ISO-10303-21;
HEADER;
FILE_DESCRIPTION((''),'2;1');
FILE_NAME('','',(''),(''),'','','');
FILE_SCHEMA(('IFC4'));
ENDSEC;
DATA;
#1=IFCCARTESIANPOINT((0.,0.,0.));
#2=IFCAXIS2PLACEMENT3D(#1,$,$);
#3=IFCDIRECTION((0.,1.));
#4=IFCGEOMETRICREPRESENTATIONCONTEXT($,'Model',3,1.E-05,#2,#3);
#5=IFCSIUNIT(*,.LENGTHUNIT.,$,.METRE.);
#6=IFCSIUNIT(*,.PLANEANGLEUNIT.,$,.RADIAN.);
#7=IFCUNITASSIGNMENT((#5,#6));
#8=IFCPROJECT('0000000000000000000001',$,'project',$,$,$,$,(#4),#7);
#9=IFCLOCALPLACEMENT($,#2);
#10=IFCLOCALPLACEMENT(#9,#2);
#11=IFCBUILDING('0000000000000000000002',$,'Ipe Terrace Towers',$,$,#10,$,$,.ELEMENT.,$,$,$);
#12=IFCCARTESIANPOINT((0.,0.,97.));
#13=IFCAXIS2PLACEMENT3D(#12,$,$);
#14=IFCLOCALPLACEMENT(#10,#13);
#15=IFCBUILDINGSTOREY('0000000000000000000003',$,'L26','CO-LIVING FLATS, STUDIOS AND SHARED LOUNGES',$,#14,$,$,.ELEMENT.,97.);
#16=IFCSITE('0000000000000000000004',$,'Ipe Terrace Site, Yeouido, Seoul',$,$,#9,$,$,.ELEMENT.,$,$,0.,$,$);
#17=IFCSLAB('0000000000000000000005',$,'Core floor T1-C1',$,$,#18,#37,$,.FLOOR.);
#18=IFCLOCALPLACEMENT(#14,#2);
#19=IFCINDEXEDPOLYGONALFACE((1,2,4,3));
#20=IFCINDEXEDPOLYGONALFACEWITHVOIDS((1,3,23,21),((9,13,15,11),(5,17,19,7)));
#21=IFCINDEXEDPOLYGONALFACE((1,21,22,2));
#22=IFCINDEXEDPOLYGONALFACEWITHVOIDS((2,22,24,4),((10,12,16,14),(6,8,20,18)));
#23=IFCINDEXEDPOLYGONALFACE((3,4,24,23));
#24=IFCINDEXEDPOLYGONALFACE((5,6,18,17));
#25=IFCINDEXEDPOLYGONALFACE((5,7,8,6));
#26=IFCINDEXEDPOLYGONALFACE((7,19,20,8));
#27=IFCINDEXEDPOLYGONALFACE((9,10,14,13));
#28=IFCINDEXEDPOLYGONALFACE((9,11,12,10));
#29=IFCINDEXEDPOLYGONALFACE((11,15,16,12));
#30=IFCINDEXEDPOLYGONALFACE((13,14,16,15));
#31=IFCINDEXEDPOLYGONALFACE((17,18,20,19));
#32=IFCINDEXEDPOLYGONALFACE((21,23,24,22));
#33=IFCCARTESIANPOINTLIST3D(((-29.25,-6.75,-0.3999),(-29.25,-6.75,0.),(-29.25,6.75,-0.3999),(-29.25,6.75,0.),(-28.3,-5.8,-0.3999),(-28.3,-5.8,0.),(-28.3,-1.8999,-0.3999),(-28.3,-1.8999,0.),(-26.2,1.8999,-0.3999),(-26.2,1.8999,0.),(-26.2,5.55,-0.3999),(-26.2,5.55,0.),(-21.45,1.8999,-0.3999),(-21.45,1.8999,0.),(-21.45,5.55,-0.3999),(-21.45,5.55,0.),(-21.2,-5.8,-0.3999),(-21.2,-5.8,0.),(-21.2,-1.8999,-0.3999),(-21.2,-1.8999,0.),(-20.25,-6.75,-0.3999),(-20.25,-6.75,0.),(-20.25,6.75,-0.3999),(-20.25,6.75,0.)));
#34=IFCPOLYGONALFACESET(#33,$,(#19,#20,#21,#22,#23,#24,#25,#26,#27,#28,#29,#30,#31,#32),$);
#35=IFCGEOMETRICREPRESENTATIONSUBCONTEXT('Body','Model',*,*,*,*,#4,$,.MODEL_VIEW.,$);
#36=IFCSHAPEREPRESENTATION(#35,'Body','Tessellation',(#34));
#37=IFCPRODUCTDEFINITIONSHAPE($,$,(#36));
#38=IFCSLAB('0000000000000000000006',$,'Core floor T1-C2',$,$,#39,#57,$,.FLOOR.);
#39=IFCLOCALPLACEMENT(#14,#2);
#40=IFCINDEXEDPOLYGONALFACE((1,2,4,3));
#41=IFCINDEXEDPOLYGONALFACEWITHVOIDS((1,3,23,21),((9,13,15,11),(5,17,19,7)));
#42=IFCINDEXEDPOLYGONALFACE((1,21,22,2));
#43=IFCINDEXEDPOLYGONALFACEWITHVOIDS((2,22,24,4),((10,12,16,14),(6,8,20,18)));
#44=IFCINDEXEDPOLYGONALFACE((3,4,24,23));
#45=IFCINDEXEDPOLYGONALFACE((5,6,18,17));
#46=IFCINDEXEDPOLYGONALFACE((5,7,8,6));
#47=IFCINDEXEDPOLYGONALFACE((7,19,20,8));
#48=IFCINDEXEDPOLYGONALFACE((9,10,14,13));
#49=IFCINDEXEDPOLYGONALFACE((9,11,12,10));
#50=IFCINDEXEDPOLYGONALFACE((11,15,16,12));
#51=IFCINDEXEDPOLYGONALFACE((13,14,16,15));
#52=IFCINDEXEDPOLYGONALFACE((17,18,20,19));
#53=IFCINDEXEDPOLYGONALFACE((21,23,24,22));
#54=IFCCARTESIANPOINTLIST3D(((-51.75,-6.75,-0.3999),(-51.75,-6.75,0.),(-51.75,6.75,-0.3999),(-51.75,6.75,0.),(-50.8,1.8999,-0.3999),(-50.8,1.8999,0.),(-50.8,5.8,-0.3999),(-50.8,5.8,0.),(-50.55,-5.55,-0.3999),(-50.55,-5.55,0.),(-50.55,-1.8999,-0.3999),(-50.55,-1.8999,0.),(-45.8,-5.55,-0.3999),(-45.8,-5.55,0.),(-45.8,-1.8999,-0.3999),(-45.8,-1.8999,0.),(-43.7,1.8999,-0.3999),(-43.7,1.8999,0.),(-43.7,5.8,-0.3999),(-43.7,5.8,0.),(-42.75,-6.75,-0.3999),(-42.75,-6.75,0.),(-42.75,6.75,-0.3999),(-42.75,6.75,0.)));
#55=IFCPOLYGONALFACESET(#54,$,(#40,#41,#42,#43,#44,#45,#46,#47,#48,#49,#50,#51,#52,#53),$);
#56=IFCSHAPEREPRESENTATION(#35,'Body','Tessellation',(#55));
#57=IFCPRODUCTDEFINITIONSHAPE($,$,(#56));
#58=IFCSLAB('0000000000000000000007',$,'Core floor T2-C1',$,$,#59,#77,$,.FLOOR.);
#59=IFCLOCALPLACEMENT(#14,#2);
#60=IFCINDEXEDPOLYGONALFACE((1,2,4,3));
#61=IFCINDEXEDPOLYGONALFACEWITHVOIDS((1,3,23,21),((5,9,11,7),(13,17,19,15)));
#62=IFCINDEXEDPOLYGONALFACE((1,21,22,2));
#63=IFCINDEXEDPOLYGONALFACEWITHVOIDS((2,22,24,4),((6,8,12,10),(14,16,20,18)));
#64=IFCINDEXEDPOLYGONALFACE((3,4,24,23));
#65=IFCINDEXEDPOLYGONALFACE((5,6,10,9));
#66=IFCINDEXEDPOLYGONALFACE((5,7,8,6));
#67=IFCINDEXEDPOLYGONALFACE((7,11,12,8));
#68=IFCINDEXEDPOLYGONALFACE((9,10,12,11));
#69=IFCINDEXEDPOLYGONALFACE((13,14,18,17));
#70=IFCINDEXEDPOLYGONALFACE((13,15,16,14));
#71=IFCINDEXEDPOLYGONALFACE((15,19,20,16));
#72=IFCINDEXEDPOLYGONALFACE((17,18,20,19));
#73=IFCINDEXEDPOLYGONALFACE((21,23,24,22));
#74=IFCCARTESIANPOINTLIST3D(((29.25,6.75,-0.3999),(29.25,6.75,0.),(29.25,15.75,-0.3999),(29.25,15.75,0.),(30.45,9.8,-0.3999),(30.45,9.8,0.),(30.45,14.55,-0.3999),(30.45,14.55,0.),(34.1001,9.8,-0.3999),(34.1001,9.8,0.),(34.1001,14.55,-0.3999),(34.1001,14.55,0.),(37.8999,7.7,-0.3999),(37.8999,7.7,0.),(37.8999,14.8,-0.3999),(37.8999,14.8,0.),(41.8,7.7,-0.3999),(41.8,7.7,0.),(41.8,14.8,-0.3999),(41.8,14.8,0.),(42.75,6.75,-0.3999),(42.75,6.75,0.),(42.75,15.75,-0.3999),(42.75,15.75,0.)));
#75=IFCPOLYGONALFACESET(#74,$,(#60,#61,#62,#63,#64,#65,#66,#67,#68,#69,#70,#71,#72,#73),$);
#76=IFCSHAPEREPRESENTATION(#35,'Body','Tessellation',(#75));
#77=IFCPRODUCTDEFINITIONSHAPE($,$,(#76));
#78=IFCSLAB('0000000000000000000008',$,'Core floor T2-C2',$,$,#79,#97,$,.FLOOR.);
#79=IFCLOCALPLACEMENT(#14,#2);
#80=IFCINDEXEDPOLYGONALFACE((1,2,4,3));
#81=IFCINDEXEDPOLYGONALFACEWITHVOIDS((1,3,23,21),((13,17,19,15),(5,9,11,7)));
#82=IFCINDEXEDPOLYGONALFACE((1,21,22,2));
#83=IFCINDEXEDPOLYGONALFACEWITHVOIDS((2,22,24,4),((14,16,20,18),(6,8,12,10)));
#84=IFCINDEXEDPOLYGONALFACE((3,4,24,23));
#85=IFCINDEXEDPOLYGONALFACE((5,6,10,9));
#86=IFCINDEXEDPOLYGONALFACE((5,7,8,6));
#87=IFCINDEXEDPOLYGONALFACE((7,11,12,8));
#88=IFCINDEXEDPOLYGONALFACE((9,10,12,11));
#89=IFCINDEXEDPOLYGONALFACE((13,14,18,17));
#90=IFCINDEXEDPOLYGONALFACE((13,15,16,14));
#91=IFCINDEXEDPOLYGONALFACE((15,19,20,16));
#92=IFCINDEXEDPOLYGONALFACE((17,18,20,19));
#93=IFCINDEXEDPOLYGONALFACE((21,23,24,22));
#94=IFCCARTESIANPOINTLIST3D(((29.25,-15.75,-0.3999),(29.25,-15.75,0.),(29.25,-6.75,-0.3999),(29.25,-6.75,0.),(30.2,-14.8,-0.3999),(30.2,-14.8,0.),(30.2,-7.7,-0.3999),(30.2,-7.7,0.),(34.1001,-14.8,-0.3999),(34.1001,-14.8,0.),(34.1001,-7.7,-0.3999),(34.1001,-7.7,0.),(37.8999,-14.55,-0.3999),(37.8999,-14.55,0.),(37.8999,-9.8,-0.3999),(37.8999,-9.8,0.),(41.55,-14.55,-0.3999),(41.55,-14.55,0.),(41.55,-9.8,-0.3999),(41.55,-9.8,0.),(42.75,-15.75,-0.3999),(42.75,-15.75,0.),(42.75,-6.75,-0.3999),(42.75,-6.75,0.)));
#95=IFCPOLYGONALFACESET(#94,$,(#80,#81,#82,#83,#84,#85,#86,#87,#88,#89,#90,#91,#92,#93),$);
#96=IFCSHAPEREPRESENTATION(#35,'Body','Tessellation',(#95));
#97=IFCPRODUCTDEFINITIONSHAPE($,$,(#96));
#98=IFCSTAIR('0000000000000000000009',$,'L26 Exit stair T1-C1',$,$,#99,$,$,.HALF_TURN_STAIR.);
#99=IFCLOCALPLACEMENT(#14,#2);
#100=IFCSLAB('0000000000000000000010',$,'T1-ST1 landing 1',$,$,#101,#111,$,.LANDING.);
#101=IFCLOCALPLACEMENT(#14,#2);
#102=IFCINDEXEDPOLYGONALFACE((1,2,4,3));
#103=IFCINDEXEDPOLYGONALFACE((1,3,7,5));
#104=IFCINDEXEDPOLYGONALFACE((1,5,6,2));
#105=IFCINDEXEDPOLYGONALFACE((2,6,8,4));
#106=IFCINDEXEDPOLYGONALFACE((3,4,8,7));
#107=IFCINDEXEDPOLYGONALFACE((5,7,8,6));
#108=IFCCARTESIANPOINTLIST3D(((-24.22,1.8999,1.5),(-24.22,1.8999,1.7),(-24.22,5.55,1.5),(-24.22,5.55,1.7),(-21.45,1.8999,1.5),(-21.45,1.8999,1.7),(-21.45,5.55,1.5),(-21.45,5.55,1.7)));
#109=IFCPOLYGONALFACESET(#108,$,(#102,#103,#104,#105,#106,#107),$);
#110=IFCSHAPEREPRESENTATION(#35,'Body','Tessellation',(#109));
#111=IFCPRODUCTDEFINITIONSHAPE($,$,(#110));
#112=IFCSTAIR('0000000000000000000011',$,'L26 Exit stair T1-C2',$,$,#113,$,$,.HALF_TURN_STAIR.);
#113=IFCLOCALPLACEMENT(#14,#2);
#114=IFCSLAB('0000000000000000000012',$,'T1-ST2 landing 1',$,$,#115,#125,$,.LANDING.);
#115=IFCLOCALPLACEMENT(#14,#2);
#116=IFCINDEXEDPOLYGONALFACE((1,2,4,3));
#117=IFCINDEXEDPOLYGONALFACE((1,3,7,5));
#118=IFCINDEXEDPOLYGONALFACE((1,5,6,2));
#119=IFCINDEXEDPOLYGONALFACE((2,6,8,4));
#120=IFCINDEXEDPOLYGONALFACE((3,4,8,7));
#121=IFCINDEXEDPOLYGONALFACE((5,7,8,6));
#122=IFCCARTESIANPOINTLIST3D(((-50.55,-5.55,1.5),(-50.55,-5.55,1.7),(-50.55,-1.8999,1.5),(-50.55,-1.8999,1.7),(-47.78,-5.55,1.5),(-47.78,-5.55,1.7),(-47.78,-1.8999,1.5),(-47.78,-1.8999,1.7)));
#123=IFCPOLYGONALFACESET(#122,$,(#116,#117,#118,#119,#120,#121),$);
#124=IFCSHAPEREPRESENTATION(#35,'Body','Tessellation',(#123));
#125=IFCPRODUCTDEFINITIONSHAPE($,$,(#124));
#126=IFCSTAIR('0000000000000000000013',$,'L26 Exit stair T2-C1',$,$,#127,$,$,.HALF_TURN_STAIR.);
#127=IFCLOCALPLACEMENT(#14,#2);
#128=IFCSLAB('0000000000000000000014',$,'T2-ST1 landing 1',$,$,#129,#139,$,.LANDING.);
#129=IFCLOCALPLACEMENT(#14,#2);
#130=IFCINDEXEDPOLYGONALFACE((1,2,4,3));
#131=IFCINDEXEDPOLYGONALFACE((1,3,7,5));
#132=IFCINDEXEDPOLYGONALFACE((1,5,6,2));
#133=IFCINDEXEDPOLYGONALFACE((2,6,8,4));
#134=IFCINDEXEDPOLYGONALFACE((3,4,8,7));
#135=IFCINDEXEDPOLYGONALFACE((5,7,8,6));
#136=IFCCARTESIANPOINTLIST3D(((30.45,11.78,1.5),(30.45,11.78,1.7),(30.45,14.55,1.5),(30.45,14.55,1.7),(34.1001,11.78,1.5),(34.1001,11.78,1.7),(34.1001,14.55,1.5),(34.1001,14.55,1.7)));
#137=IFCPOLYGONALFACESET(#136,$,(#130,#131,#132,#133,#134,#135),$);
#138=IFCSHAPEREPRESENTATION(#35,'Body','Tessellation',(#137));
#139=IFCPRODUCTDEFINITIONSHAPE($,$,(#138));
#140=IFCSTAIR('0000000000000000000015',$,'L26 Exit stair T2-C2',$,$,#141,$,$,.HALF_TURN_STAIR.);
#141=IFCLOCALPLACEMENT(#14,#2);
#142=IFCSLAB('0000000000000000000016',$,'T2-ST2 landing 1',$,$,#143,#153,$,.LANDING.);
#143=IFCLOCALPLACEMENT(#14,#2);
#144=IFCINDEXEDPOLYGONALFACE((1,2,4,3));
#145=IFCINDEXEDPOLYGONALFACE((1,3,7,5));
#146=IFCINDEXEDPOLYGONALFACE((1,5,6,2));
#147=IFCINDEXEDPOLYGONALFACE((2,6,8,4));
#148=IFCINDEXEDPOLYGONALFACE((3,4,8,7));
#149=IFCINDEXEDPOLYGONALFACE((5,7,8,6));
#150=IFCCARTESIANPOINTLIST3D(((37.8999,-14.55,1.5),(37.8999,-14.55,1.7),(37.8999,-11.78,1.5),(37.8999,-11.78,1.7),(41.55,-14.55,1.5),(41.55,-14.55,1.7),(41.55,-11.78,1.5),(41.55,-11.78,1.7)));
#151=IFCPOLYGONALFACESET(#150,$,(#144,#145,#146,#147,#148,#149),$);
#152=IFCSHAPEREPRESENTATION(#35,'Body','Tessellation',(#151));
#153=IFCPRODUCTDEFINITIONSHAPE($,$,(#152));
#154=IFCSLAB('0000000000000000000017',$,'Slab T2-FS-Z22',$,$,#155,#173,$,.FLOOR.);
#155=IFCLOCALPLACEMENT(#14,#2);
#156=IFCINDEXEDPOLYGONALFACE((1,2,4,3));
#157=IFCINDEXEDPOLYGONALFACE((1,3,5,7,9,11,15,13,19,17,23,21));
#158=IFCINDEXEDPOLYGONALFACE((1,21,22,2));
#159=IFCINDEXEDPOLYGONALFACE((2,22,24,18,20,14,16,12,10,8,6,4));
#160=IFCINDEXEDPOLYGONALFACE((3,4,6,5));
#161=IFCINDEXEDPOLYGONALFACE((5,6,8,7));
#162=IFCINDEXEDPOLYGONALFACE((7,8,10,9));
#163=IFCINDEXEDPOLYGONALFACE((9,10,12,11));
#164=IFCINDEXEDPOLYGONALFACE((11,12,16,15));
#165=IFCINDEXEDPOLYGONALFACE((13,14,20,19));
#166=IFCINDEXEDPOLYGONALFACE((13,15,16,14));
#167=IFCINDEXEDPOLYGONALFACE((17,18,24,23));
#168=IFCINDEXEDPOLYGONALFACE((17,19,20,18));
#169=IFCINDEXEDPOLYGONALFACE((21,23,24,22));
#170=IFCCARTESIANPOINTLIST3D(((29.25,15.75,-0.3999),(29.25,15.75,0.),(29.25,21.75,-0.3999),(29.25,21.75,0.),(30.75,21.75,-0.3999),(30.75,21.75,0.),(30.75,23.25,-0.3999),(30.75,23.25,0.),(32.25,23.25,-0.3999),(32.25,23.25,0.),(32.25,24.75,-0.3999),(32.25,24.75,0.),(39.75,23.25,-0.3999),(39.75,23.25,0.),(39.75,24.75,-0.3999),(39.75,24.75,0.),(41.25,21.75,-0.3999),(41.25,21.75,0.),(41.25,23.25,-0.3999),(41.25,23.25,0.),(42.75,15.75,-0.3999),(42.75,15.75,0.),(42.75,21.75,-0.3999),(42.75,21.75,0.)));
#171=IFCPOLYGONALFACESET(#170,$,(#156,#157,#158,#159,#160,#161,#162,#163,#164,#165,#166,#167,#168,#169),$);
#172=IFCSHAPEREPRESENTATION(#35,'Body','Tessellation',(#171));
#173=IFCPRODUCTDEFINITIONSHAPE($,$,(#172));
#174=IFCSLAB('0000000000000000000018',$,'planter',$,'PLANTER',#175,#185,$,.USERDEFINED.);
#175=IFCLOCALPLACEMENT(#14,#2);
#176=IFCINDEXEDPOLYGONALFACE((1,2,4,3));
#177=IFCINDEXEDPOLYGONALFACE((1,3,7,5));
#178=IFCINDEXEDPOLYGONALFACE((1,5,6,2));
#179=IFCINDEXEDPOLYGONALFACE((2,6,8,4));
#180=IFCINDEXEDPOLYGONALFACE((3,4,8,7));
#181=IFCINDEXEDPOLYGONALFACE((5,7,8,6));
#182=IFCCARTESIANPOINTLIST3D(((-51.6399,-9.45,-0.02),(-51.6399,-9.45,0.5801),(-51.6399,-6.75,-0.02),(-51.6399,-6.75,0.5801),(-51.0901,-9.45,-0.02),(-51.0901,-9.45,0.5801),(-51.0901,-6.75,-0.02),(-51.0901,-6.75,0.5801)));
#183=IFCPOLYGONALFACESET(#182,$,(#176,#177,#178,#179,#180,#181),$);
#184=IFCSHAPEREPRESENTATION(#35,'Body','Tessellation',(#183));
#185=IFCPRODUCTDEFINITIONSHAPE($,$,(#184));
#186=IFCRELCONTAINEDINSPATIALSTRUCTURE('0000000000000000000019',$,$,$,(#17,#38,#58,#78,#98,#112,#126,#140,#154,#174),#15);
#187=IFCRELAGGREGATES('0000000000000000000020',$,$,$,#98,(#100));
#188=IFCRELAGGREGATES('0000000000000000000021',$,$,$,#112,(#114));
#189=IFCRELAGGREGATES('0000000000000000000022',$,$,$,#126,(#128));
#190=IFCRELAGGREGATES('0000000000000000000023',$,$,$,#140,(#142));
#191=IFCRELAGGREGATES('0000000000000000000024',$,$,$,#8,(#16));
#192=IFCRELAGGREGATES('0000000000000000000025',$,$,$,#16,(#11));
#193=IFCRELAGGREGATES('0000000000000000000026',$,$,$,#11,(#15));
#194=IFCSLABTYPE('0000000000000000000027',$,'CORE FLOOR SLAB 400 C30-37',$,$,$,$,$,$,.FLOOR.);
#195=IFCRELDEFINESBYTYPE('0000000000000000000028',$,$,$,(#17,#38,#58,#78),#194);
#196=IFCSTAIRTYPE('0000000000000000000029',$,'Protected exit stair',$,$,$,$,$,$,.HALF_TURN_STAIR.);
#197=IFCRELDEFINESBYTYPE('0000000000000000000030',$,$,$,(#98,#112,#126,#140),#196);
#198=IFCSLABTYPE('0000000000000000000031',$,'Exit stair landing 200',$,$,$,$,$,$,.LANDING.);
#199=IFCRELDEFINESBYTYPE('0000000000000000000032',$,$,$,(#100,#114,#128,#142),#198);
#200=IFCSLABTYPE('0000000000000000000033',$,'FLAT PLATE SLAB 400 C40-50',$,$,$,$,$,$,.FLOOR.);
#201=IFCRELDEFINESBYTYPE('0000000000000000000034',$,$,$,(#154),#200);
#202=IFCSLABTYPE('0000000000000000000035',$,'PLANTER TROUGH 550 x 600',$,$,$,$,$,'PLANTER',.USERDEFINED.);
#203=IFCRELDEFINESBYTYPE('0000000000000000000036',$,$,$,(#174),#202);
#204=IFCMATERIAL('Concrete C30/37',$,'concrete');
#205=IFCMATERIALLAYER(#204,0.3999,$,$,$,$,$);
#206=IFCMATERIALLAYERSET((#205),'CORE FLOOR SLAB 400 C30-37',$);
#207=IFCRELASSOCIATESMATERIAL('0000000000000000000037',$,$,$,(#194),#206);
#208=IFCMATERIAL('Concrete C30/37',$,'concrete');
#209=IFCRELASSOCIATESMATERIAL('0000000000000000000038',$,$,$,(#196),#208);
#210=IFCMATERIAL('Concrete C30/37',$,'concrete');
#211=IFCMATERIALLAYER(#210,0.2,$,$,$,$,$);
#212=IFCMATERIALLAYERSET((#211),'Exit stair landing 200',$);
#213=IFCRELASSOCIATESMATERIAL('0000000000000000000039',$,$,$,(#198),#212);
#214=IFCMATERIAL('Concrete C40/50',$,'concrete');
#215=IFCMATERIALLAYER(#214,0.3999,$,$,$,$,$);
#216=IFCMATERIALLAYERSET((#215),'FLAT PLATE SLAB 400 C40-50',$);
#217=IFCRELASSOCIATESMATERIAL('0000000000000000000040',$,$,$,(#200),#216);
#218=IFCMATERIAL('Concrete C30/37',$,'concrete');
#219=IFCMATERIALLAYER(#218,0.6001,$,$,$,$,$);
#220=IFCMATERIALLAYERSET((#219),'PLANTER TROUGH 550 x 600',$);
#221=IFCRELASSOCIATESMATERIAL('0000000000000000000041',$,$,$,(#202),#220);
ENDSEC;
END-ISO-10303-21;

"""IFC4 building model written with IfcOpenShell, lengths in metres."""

from ifc_helpers import new_model, si_unit, direction, frame, origin, place, context, subcontext, project, spatial, polyline, outline, extrude, material, layer, layer_set, type_object, element, aggregate, save


model = new_model("IFC4")

# Units and contexts
model_context = context("Model", 3, precision=1e-05, world=origin(), true_north=direction((0.0, 1.0)))
body_context = subcontext(model_context, "Body", "Model", "MODEL_VIEW")
ifc_project = project(units=[si_unit("LENGTHUNIT", "METRE"), si_unit("PLANEANGLEUNIT", "RADIAN")], contexts=[model_context])

# Site, building, storey
site_placement = place(None, origin())
site = spatial("IfcSite", under=ifc_project, at=site_placement, Name="Ipe Terrace Site, Yeouido, Seoul", CompositionType="ELEMENT", RefElevation=0.0)
building_placement = place(site_placement, origin())
building = spatial("IfcBuilding", under=site, at=building_placement, Name="Ipe Terrace Towers", CompositionType="ELEMENT")
storey_placement = place(building_placement, frame((0.0, 0.0, 97.0)))
storey = spatial("IfcBuildingStorey", under=building, at=storey_placement, Name="L26", Description="CO-LIVING FLATS, STUDIOS AND SHARED LOUNGES", CompositionType="ELEMENT", Elevation=97.0)

# Slabs
ifc_material_1 = material(Name="Concrete C30/37", Category="concrete")
ifc_layer_1 = layer(ifc_material_1, 0.3999)
ifc_layer_set_1 = layer_set([ifc_layer_1], Name="CORE FLOOR SLAB 400 C30-37")
slab_type_1 = type_object("IfcSlabType", Name="CORE FLOOR SLAB 400 C30-37", PredefinedType="FLOOR", material=ifc_layer_set_1)
slab_1_placement = place(storey_placement, frame((0.0, 0.0, -0.3999)))
element("IfcSlab", 1, at=slab_1_placement, inside=storey, type_object=slab_type_1, Name="Core floor T1-C1", PredefinedType="FLOOR", context=body_context, shape_type="SweptSolid", body=[
    extrude(outline(polyline([(-29.25, -6.75), (-29.25, 6.75), (-20.25, 6.75), (-20.25, -6.75), (-29.25, -6.75)]), holes=[polyline([(-28.3, -5.8), (-21.2, -5.8), (-21.2, -1.8999), (-28.3, -1.8999), (-28.3, -5.8)]), polyline([(-26.2, 5.55), (-26.2, 1.8999), (-21.45, 1.8999), (-21.45, 5.55), (-26.2, 5.55)])]), origin(), (0.0, 0.0, 1.0), 0.3999),
])
slab_2_placement = place(storey_placement, frame((0.0, 0.0, -0.3999)))
element("IfcSlab", 2, at=slab_2_placement, inside=storey, type_object=slab_type_1, Name="Core floor T1-C2", PredefinedType="FLOOR", context=body_context, shape_type="SweptSolid", body=[
    extrude(outline(polyline([(-51.75, -6.75), (-51.75, 6.75), (-42.75, 6.75), (-42.75, -6.75), (-51.75, -6.75)]), holes=[polyline([(-45.8, -5.55), (-45.8, -1.8999), (-50.55, -1.8999), (-50.55, -5.55), (-45.8, -5.55)]), polyline([(-50.8, 1.8999), (-43.7, 1.8999), (-43.7, 5.8), (-50.8, 5.8), (-50.8, 1.8999)])]), origin(), (0.0, 0.0, 1.0), 0.3999),
])
slab_3_placement = place(storey_placement, frame((0.0, 0.0, -0.3999)))
element("IfcSlab", 3, at=slab_3_placement, inside=storey, type_object=slab_type_1, Name="Core floor T2-C1", PredefinedType="FLOOR", context=body_context, shape_type="SweptSolid", body=[
    extrude(outline(polyline([(29.25, 6.75), (29.25, 15.75), (42.75, 15.75), (42.75, 6.75), (29.25, 6.75)]), holes=[polyline([(41.8, 7.7), (41.8, 14.8), (37.8999, 14.8), (37.8999, 7.7), (41.8, 7.7)]), polyline([(30.45, 9.8), (34.1001, 9.8), (34.1001, 14.55), (30.45, 14.55), (30.45, 9.8)])]), origin(), (0.0, 0.0, 1.0), 0.3999),
])
slab_4_placement = place(storey_placement, frame((0.0, 0.0, -0.3999)))
element("IfcSlab", 4, at=slab_4_placement, inside=storey, type_object=slab_type_1, Name="Core floor T2-C2", PredefinedType="FLOOR", context=body_context, shape_type="SweptSolid", body=[
    extrude(outline(polyline([(29.25, -15.75), (29.25, -6.75), (42.75, -6.75), (42.75, -15.75), (29.25, -15.75)]), holes=[polyline([(34.1001, -14.8), (34.1001, -7.7), (30.2, -7.7), (30.2, -14.8), (34.1001, -14.8)]), polyline([(41.55, -9.8), (37.8999, -9.8), (37.8999, -14.55), (41.55, -14.55), (41.55, -9.8)])]), origin(), (0.0, 0.0, 1.0), 0.3999),
])

# Stairs, slabs
ifc_material_2 = material(Name="Concrete C30/37", Category="concrete")
stair_type = type_object("IfcStairType", Name="Protected exit stair", PredefinedType="HALF_TURN_STAIR", material=ifc_material_2)
stair_1_placement = place(storey_placement, origin())
stair_1 = element("IfcStair", 5, at=stair_1_placement, inside=storey, type_object=stair_type, Name="L26 Exit stair T1-C1", PredefinedType="HALF_TURN_STAIR")
ifc_material_3 = material(Name="Concrete C30/37", Category="concrete")
ifc_layer_2 = layer(ifc_material_3, 0.2)
ifc_layer_set_2 = layer_set([ifc_layer_2], Name="Exit stair landing 200")
slab_type_2 = type_object("IfcSlabType", Name="Exit stair landing 200", PredefinedType="LANDING", material=ifc_layer_set_2)
slab_5_placement = place(storey_placement, frame((0.0, 0.0, 1.5)))
slab_5 = element("IfcSlab", 6, at=slab_5_placement, type_object=slab_type_2, Name="T1-ST1 landing 1", PredefinedType="LANDING", context=body_context, shape_type="SweptSolid", body=[
    extrude(outline(polyline([(-24.22, 1.8999), (-21.45, 1.8999), (-21.45, 5.55), (-24.22, 5.55), (-24.22, 1.8999)])), origin(), (0.0, 0.0, 1.0), 0.2),
])
aggregate(stair_1, [slab_5])
stair_2_placement = place(storey_placement, origin())
stair_2 = element("IfcStair", 7, at=stair_2_placement, inside=storey, type_object=stair_type, Name="L26 Exit stair T1-C2", PredefinedType="HALF_TURN_STAIR")
slab_6_placement = place(storey_placement, frame((0.0, 0.0, 1.5)))
slab_6 = element("IfcSlab", 8, at=slab_6_placement, type_object=slab_type_2, Name="T1-ST2 landing 1", PredefinedType="LANDING", context=body_context, shape_type="SweptSolid", body=[
    extrude(outline(polyline([(-47.78, -1.8999), (-50.55, -1.8999), (-50.55, -5.55), (-47.78, -5.55), (-47.78, -1.8999)])), origin(), (0.0, 0.0, 1.0), 0.2),
])
aggregate(stair_2, [slab_6])
stair_3_placement = place(storey_placement, origin())
stair_3 = element("IfcStair", 9, at=stair_3_placement, inside=storey, type_object=stair_type, Name="L26 Exit stair T2-C1", PredefinedType="HALF_TURN_STAIR")
slab_7_placement = place(storey_placement, frame((0.0, 0.0, 1.5)))
slab_7 = element("IfcSlab", 10, at=slab_7_placement, type_object=slab_type_2, Name="T2-ST1 landing 1", PredefinedType="LANDING", context=body_context, shape_type="SweptSolid", body=[
    extrude(outline(polyline([(34.1001, 11.78), (34.1001, 14.55), (30.45, 14.55), (30.45, 11.78), (34.1001, 11.78)])), origin(), (0.0, 0.0, 1.0), 0.2),
])
aggregate(stair_3, [slab_7])
stair_4_placement = place(storey_placement, origin())
stair_4 = element("IfcStair", 11, at=stair_4_placement, inside=storey, type_object=stair_type, Name="L26 Exit stair T2-C2", PredefinedType="HALF_TURN_STAIR")
slab_8_placement = place(storey_placement, frame((0.0, 0.0, 1.5)))
slab_8 = element("IfcSlab", 12, at=slab_8_placement, type_object=slab_type_2, Name="T2-ST2 landing 1", PredefinedType="LANDING", context=body_context, shape_type="SweptSolid", body=[
    extrude(outline(polyline([(37.8999, -11.78), (37.8999, -14.55), (41.55, -14.55), (41.55, -11.78), (37.8999, -11.78)])), origin(), (0.0, 0.0, 1.0), 0.2),
])
aggregate(stair_4, [slab_8])

# Slabs
ifc_material_4 = material(Name="Concrete C40/50", Category="concrete")
ifc_layer_3 = layer(ifc_material_4, 0.3999)
ifc_layer_set_3 = layer_set([ifc_layer_3], Name="FLAT PLATE SLAB 400 C40-50")
slab_type_3 = type_object("IfcSlabType", Name="FLAT PLATE SLAB 400 C40-50", PredefinedType="FLOOR", material=ifc_layer_set_3)
slab_9_placement = place(storey_placement, frame((0.0, 0.0, -0.3999)))
element("IfcSlab", 13, at=slab_9_placement, inside=storey, type_object=slab_type_3, Name="Slab T2-FS-Z22", PredefinedType="FLOOR", context=body_context, shape_type="SweptSolid", body=[
    extrude(outline(polyline([(30.75, 21.75), (30.75, 23.25), (32.25, 23.25), (32.25, 24.75), (39.75, 24.75), (39.75, 23.25), (41.25, 23.25), (41.25, 21.75), (42.75, 21.75), (42.75, 15.75), (29.25, 15.75), (29.25, 21.75), (30.75, 21.75)])), origin(), (0.0, 0.0, 1.0), 0.3999),
])
ifc_material_5 = material(Name="Concrete C30/37", Category="concrete")
ifc_layer_4 = layer(ifc_material_5, 0.6001)
ifc_layer_set_4 = layer_set([ifc_layer_4], Name="PLANTER TROUGH 550 x 600")
slab_type_4 = type_object("IfcSlabType", Name="PLANTER TROUGH 550 x 600", ElementType="PLANTER", PredefinedType="USERDEFINED", material=ifc_layer_set_4)
slab_10_placement = place(storey_placement, frame((0.0, 0.0, -0.02)))
element("IfcSlab", 14, at=slab_10_placement, inside=storey, type_object=slab_type_4, Name="planter", ObjectType="PLANTER", PredefinedType="USERDEFINED", context=body_context, shape_type="SweptSolid", body=[
    extrude(outline(polyline([(-51.6399, -6.75), (-51.6399, -9.45), (-51.0901, -9.45), (-51.0901, -6.75), (-51.6399, -6.75)])), origin(), (0.0, 0.0, 1.0), 0.6001),
])

save(model, "model.ifc")
